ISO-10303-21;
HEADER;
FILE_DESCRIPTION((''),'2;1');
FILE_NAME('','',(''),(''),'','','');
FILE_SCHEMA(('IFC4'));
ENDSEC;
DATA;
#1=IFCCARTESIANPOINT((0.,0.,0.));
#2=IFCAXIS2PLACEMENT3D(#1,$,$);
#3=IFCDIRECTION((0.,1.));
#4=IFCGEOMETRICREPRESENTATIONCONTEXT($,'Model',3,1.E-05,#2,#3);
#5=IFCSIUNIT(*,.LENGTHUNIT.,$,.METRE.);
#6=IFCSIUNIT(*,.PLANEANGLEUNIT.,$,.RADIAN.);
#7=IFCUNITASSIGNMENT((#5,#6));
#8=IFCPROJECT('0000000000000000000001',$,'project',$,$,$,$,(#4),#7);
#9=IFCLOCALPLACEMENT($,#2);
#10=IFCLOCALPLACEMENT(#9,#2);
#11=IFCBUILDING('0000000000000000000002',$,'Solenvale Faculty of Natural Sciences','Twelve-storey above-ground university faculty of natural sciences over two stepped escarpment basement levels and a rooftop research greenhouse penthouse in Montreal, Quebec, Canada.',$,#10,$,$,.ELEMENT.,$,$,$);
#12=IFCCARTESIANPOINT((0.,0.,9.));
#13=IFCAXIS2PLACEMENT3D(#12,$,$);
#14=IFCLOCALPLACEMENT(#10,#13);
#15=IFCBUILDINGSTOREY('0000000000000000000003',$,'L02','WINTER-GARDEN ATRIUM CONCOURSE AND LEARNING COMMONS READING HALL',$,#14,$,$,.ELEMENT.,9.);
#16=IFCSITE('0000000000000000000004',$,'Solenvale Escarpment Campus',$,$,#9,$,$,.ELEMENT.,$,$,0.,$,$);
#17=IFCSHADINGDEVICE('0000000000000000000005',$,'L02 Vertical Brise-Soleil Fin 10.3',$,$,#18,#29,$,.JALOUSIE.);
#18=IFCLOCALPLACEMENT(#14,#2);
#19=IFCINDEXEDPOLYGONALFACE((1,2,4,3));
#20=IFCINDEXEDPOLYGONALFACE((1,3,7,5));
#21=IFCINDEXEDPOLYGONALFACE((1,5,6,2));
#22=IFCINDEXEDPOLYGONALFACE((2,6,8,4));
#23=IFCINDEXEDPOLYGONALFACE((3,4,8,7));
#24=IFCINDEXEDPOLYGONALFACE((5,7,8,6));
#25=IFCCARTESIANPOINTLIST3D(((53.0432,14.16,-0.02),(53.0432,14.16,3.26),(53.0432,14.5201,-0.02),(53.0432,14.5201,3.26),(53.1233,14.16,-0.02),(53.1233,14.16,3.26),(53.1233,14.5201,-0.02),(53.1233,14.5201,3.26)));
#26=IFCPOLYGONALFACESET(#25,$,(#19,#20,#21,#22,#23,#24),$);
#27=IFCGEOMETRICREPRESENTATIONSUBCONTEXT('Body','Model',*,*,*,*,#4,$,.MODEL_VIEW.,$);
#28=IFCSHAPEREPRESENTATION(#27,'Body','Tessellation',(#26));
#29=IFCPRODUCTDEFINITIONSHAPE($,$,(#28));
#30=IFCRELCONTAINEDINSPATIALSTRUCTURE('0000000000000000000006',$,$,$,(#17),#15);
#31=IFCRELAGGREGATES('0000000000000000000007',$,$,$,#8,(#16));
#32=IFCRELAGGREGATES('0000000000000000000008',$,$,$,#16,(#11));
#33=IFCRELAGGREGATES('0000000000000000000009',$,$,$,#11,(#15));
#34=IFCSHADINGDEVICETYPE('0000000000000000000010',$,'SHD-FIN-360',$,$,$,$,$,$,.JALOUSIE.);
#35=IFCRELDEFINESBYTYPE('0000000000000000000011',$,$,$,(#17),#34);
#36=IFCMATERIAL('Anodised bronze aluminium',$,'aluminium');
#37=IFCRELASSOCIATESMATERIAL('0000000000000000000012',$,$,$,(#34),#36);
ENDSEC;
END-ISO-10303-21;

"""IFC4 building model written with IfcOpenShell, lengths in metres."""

from ifc_helpers import new_model, si_unit, direction, frame, origin, origin_2d, place, context, subcontext, project, spatial, rectangle, extrude, material, material_profile, profile_set, type_object, element, save


model = new_model("IFC4")

# Units and contexts
model_context = context("Model", 3, precision=1e-05, world=origin(), true_north=direction((0.0, 1.0)))
body_context = subcontext(model_context, "Body", "Model", "MODEL_VIEW")
ifc_project = project(units=[si_unit("LENGTHUNIT", "METRE"), si_unit("PLANEANGLEUNIT", "RADIAN")], contexts=[model_context])

# Site, building, storey
site_placement = place(None, origin())
site = spatial("IfcSite", under=ifc_project, at=site_placement, Name="Solenvale Escarpment Campus", CompositionType="ELEMENT", RefElevation=0.0)
building_placement = place(site_placement, origin())
building = spatial("IfcBuilding", under=site, at=building_placement, Name="Solenvale Faculty of Natural Sciences", Description="Twelve-storey above-ground university faculty of natural sciences over two stepped escarpment basement levels and a rooftop research greenhouse penthouse in Montreal, Quebec, Canada.", CompositionType="ELEMENT")
storey_placement = place(building_placement, frame((0.0, 0.0, 9.0)))
storey = spatial("IfcBuildingStorey", under=building, at=storey_placement, Name="L02", Description="WINTER-GARDEN ATRIUM CONCOURSE AND LEARNING COMMONS READING HALL", CompositionType="ELEMENT", Elevation=9.0)

# Shared definitions
ifc_material_1 = material(Name="Anodised bronze aluminium", Category="aluminium")

# Shading device
ifc_material_profile_1 = material_profile(ifc_material_1, rectangle(XDim=0.0801, YDim=0.3601, at=origin_2d()), Name="ALU-FIN-80x360")
ifc_profile_set_1 = profile_set([ifc_material_profile_1], Name="Anodised bronze aluminium")
shading_device_type = type_object("IfcShadingDeviceType", Name="SHD-FIN-360", PredefinedType="JALOUSIE", material=ifc_profile_set_1)
shading_device_placement = place(storey_placement, frame((53.0833, 14.3401, -0.02), z_axis=(0.0, 0.0, 1.0), x_axis=(1.0, 0.0, 0.0)))
element("IfcShadingDevice", 1, at=shading_device_placement, inside=storey, type_object=shading_device_type, Name="L02 Vertical Brise-Soleil Fin 10.3", PredefinedType="JALOUSIE", context=body_context, shape_type="SweptSolid", body=[
    extrude(rectangle(XDim=0.0801, YDim=0.3601, at=origin_2d()), origin(), (0.0, 0.0, 1.0), 3.28),
])

save(model, "model.ifc")
